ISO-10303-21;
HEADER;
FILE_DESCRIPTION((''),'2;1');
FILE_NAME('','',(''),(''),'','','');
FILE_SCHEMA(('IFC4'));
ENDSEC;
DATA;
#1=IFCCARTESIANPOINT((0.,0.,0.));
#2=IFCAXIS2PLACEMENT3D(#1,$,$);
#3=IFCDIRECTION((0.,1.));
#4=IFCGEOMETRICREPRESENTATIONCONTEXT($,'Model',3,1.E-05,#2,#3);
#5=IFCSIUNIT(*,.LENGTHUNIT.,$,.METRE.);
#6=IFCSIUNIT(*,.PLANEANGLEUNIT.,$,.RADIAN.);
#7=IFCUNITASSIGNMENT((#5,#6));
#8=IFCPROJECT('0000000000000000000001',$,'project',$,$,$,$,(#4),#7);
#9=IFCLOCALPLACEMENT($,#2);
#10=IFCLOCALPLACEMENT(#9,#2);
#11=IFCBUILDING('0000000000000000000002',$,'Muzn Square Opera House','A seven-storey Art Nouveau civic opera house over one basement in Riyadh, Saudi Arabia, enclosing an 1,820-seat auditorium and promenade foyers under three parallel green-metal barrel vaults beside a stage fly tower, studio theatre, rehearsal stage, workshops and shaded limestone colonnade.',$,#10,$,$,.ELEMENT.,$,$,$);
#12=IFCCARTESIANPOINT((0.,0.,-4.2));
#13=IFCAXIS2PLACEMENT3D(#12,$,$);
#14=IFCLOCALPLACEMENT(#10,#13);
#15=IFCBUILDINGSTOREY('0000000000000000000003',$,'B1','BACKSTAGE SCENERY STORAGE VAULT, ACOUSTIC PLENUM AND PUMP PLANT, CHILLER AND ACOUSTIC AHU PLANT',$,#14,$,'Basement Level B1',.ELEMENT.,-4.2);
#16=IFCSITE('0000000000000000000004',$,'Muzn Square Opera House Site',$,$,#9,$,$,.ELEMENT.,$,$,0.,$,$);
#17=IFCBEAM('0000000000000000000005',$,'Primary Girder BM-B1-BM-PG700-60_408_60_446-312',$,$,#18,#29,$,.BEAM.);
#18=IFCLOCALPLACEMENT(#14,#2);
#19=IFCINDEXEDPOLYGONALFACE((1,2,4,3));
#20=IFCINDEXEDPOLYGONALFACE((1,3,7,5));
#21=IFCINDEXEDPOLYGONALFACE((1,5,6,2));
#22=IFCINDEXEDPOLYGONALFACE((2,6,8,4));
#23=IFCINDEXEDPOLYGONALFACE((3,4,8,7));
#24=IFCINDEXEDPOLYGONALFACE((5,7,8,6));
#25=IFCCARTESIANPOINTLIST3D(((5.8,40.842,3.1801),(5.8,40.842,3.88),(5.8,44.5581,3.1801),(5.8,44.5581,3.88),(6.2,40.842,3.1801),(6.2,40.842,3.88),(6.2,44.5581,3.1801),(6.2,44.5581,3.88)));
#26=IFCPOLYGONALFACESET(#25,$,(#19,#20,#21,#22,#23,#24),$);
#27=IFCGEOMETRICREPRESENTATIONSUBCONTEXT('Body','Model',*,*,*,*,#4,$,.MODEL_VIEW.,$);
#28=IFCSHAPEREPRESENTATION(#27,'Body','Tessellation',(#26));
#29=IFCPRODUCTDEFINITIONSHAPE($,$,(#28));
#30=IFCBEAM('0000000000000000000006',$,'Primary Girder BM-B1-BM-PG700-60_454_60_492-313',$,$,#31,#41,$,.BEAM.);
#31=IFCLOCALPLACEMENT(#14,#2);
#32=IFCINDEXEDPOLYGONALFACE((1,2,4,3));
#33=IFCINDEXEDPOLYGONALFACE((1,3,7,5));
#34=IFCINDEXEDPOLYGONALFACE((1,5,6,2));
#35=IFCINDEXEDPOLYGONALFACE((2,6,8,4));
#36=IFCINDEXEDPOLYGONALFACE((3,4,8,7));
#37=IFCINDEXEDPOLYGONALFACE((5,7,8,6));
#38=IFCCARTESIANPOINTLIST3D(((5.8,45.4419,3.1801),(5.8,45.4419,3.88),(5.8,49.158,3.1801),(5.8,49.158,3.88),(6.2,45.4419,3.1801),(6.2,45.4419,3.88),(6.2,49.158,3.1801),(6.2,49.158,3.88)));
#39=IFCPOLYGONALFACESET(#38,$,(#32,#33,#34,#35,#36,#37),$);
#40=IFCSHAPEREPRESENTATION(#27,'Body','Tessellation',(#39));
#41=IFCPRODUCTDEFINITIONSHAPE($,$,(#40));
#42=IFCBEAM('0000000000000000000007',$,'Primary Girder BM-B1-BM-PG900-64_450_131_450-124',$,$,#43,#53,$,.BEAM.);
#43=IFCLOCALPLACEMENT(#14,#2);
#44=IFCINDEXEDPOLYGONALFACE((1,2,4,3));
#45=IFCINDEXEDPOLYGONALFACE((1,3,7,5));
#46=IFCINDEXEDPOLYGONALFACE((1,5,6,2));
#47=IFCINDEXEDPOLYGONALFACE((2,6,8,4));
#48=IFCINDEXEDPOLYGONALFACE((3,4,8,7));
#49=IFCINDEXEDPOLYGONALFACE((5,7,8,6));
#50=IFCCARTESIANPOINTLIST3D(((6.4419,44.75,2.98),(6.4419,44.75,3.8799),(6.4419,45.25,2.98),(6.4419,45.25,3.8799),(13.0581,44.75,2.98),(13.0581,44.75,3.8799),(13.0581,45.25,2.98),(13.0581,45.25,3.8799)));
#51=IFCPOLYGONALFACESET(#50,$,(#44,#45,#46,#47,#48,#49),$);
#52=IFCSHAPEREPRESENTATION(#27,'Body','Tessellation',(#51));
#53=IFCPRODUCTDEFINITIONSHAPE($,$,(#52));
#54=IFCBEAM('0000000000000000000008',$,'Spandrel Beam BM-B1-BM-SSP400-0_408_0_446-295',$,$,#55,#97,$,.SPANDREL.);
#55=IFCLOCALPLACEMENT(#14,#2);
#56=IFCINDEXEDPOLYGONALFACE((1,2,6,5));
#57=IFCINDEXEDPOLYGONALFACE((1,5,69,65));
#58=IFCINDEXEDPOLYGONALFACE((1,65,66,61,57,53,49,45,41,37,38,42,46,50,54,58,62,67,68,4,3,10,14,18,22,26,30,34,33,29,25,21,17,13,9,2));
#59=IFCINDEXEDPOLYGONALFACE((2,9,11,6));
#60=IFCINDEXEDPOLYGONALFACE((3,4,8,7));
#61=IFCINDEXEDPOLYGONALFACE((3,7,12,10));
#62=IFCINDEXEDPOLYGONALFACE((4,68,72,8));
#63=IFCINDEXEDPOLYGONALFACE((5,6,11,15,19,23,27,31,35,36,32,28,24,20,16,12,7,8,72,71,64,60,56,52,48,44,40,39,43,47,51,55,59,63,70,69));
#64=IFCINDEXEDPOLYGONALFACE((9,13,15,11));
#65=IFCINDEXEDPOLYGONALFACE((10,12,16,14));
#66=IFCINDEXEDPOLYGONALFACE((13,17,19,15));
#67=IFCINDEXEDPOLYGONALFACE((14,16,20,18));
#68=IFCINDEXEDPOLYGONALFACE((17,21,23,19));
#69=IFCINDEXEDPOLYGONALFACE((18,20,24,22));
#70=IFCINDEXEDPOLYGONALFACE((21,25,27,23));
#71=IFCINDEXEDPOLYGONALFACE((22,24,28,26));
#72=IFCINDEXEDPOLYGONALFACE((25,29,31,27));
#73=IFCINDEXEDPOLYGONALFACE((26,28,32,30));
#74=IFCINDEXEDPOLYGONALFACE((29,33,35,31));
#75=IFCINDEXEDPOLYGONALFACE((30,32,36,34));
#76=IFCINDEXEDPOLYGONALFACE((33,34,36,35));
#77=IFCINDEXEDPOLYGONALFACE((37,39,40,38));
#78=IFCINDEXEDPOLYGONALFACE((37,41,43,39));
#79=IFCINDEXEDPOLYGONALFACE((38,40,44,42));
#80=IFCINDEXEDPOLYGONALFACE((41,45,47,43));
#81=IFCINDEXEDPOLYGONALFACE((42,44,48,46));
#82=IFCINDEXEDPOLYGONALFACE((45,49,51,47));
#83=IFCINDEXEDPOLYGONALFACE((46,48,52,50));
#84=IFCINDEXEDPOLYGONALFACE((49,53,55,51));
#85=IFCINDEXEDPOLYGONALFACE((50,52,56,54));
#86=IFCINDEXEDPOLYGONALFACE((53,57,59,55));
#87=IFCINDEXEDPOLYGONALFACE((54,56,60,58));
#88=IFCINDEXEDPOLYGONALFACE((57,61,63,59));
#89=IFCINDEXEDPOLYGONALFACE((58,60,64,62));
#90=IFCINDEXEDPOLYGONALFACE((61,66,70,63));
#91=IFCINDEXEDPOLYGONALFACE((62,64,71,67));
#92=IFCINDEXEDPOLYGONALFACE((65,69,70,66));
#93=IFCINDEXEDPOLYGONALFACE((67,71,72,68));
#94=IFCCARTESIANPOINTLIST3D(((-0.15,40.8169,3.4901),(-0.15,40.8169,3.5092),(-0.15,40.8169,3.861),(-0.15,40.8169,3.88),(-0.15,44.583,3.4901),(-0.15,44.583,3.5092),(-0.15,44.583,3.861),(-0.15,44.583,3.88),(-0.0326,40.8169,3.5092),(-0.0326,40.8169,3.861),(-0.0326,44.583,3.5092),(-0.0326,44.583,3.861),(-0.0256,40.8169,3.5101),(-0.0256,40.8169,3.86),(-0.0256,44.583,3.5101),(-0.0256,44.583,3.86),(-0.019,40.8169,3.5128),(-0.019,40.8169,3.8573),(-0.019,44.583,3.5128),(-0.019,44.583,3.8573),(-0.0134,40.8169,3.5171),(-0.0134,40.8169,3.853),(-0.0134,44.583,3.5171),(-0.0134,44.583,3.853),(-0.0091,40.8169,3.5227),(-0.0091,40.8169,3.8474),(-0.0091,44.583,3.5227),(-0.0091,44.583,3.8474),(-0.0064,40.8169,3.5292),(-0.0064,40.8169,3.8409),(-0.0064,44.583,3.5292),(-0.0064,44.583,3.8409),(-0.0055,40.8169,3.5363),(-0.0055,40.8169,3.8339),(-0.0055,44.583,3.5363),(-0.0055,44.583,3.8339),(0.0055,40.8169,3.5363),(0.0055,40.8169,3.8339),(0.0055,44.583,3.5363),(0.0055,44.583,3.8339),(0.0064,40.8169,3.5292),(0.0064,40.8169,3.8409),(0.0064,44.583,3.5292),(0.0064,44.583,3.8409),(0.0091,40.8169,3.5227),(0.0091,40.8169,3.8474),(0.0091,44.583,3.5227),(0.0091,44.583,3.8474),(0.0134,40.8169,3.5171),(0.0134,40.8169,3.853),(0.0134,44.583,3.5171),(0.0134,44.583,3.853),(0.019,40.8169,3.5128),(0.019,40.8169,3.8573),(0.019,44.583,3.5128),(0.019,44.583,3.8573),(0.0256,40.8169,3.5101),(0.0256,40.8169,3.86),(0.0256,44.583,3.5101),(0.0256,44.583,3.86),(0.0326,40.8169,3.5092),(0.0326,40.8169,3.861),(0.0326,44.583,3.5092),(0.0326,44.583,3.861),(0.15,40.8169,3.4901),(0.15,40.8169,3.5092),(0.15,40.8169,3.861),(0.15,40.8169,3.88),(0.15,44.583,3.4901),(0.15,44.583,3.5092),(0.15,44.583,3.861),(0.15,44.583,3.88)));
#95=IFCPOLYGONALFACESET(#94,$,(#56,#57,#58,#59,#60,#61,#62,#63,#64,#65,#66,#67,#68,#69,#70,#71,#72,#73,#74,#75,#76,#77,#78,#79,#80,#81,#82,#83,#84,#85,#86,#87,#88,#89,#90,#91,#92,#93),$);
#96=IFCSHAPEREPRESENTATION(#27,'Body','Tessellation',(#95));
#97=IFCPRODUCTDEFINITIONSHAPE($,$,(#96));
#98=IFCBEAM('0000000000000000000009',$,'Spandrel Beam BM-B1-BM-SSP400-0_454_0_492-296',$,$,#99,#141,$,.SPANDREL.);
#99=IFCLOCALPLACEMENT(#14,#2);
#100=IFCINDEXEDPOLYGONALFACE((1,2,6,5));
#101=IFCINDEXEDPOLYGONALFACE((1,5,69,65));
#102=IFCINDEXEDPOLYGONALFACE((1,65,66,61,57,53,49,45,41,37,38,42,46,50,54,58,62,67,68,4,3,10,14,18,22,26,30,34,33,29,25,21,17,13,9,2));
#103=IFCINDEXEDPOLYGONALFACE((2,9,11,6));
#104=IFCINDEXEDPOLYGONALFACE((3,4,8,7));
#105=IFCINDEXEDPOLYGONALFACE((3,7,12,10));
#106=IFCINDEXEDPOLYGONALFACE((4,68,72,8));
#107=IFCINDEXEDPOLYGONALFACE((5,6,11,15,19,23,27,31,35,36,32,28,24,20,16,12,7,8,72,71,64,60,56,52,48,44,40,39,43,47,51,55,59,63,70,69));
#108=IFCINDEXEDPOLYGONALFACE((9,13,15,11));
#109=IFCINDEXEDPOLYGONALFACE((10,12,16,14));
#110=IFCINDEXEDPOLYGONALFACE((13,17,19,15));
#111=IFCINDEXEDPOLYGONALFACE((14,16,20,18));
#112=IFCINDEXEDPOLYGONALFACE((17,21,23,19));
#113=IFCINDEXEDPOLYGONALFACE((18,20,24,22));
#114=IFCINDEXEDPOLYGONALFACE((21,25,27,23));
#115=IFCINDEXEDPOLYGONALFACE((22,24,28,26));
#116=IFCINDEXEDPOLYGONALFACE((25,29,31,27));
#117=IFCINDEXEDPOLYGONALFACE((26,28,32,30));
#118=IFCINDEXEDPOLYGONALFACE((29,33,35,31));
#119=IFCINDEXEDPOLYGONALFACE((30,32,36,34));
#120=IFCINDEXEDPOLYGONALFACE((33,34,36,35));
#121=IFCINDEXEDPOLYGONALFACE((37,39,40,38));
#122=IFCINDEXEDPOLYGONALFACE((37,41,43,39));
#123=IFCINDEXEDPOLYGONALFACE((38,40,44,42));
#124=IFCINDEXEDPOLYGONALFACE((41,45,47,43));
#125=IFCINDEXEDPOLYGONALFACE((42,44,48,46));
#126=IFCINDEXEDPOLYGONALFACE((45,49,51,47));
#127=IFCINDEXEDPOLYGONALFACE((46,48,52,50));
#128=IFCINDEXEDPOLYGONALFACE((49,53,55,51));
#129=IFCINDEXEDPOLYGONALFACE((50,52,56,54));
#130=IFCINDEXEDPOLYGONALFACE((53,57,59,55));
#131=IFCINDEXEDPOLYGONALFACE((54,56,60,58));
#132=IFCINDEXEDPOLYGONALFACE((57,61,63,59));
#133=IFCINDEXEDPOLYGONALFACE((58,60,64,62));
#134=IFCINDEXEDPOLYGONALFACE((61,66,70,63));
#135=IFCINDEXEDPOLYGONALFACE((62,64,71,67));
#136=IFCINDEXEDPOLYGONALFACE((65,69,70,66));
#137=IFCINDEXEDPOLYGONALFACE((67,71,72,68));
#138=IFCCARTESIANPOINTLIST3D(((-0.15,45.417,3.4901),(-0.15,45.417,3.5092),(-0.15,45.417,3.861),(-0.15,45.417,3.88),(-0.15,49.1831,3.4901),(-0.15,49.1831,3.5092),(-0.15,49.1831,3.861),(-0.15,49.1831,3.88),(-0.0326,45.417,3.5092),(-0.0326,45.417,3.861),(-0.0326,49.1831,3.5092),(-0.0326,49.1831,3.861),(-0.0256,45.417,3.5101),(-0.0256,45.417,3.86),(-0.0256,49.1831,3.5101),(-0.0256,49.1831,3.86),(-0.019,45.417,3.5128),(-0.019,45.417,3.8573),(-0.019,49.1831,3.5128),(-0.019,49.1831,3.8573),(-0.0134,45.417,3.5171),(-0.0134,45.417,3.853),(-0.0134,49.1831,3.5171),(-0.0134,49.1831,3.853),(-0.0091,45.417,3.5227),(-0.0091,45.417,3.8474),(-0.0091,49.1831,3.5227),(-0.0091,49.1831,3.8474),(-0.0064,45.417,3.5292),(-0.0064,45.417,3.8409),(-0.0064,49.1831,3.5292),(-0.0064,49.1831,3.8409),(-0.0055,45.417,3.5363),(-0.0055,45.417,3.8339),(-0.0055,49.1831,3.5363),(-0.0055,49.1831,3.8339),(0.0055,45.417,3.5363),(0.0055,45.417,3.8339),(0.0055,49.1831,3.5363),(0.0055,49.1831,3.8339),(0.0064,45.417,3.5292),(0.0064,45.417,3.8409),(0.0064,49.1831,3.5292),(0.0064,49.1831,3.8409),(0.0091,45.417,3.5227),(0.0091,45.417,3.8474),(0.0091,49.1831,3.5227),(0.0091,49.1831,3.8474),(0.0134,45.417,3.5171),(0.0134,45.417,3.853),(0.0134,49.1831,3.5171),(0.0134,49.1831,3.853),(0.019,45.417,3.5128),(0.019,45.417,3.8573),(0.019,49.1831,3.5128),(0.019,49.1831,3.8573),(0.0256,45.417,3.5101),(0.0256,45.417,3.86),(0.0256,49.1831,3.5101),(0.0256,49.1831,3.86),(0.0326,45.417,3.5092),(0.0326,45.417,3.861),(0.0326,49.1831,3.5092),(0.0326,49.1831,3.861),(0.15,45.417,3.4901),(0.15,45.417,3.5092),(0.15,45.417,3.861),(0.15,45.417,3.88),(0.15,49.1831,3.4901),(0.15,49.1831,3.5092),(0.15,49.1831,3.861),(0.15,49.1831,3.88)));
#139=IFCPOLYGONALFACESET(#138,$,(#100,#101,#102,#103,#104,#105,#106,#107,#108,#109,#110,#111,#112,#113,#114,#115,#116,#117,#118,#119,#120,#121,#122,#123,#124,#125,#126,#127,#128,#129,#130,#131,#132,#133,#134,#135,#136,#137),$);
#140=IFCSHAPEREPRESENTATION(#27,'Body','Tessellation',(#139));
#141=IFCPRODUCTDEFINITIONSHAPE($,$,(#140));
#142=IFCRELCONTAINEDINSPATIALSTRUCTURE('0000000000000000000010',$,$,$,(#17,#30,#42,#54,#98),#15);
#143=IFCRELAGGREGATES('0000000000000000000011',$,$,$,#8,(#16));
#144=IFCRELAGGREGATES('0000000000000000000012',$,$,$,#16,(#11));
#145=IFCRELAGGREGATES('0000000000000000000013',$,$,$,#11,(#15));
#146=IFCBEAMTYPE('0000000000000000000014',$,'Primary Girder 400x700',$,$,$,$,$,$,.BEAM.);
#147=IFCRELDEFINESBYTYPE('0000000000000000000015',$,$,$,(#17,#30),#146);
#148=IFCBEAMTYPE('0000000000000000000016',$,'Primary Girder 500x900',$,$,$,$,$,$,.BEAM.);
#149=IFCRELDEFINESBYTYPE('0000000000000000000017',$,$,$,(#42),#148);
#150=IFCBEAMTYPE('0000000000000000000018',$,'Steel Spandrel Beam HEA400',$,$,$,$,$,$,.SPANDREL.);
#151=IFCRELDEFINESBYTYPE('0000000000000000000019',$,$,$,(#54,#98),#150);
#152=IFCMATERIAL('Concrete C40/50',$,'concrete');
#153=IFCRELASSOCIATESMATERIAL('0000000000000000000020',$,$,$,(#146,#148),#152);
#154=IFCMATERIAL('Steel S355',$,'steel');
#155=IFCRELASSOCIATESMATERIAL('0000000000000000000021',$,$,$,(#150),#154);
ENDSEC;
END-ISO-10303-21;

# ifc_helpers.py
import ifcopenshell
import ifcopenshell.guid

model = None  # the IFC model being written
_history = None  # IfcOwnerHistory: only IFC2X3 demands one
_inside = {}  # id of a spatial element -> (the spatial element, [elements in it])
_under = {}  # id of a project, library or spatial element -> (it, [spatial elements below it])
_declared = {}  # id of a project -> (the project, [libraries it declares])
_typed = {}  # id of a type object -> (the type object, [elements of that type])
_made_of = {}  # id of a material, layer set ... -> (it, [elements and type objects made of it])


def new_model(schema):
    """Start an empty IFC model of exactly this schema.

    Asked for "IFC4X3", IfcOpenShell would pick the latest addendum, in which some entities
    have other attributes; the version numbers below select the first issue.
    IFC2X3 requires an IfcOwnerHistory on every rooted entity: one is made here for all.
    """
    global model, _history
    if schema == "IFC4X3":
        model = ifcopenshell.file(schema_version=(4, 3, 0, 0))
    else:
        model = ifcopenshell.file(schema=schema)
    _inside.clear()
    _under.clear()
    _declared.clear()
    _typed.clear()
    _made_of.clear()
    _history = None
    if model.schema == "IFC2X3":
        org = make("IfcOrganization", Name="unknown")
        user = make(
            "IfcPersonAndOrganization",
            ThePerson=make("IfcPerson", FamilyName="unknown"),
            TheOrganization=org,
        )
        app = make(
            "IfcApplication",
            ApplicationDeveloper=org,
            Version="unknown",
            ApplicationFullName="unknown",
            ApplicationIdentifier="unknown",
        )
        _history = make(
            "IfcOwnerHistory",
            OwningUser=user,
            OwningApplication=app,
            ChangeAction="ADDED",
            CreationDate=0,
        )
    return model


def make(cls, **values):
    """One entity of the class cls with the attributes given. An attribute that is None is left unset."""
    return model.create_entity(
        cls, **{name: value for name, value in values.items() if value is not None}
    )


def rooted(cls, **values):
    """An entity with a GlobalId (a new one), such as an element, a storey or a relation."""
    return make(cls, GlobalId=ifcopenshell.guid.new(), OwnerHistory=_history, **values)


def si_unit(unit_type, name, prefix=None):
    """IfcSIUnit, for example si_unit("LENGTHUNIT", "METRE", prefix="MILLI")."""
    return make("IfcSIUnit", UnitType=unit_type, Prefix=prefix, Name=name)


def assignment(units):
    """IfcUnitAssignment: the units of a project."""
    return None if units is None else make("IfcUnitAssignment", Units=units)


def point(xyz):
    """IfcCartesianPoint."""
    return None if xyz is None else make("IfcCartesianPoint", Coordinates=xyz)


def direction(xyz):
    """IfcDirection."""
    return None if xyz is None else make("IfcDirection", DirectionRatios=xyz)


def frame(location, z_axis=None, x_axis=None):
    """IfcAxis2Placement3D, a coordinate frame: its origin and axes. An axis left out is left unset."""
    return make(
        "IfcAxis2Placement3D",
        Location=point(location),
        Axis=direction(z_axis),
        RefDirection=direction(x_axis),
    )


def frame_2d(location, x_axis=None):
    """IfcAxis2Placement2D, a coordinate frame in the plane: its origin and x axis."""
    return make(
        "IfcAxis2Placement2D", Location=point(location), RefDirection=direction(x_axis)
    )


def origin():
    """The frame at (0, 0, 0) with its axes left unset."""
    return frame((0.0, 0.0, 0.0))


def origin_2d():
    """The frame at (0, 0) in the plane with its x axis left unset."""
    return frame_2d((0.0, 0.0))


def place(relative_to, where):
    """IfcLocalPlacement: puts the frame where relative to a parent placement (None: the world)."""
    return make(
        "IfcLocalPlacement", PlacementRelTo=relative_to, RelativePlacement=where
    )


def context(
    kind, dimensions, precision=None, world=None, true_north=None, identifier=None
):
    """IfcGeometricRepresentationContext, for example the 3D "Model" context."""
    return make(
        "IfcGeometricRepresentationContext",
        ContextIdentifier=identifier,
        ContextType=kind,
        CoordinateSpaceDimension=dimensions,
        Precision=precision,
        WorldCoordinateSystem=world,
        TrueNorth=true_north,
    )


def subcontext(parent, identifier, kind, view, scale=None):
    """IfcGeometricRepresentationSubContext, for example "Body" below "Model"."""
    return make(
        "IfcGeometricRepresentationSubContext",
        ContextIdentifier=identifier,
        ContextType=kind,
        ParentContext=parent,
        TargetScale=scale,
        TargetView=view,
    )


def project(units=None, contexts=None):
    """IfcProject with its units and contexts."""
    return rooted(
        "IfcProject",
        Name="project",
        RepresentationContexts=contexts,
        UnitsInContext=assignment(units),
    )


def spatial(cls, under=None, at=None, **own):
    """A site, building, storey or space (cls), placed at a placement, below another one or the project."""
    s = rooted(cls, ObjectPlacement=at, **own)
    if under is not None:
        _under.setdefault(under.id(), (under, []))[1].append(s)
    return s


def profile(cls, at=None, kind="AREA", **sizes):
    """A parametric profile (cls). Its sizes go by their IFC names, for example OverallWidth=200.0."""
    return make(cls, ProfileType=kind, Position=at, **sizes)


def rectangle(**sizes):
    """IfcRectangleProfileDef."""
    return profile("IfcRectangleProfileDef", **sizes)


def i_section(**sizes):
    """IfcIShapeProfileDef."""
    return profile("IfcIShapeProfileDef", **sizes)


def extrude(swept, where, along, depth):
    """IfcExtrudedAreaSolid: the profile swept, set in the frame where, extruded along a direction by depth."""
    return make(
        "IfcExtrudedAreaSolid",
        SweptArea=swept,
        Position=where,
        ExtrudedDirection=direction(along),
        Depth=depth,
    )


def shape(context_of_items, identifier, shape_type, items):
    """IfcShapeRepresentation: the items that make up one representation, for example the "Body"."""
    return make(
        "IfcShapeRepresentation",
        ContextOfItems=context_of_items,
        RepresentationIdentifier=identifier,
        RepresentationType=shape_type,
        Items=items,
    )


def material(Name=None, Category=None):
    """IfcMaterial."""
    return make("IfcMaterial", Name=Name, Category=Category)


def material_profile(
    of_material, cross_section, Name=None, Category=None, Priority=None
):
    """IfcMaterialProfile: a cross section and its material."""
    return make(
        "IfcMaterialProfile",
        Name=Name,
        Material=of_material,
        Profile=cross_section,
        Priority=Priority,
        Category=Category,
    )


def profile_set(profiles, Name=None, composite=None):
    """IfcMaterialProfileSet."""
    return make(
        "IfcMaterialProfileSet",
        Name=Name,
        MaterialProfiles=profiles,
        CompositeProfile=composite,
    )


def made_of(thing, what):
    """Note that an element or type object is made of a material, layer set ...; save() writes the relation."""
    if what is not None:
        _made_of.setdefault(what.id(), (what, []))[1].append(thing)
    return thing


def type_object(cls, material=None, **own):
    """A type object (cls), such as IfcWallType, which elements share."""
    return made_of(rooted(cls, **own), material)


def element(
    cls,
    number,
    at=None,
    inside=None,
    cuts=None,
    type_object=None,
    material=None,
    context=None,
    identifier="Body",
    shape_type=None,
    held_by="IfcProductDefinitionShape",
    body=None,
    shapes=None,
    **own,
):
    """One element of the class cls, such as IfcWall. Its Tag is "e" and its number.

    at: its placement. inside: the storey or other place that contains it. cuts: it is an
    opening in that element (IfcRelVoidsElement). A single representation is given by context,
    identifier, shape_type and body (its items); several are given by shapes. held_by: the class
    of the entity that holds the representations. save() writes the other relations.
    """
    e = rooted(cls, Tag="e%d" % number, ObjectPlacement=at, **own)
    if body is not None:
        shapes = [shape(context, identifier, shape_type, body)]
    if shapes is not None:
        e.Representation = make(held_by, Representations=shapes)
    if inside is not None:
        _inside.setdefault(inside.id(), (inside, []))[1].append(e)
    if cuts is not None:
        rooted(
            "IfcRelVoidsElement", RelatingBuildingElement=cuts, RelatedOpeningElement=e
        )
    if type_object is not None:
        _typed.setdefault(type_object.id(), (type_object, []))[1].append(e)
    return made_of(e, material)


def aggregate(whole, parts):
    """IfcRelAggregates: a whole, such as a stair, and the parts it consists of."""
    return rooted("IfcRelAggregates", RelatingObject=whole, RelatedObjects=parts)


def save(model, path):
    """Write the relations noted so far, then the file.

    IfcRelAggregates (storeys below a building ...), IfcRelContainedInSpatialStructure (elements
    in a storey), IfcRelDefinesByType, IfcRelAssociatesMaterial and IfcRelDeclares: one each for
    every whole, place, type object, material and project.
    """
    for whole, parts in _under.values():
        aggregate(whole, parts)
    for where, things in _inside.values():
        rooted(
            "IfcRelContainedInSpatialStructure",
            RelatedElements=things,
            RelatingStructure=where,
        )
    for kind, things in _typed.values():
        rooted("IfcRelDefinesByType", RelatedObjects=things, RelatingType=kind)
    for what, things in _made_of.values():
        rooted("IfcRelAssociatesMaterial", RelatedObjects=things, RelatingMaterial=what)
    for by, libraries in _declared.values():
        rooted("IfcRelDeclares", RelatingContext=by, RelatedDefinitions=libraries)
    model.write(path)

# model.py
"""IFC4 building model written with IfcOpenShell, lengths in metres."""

from ifc_helpers import new_model, si_unit, direction, frame, origin, origin_2d, place, context, subcontext, project, spatial, rectangle, i_section, extrude, material, material_profile, profile_set, type_object, element, save


model = new_model("IFC4")

# Units and contexts
model_context = context("Model", 3, precision=1e-05, world=origin(), true_north=direction((0.0, 1.0)))
body_context = subcontext(model_context, "Body", "Model", "MODEL_VIEW")
ifc_project = project(units=[si_unit("LENGTHUNIT", "METRE"), si_unit("PLANEANGLEUNIT", "RADIAN")], contexts=[model_context])

# Site, building, storey
site_placement = place(None, origin())
site = spatial("IfcSite", under=ifc_project, at=site_placement, Name="Muzn Square Opera House Site", CompositionType="ELEMENT", RefElevation=0.0)
building_placement = place(site_placement, origin())
building = spatial("IfcBuilding", under=site, at=building_placement, Name="Muzn Square Opera House", Description="A seven-storey Art Nouveau civic opera house over one basement in Riyadh, Saudi Arabia, enclosing an 1,820-seat auditorium and promenade foyers under three parallel green-metal barrel vaults beside a stage fly tower, studio theatre, rehearsal stage, workshops and shaded limestone colonnade.", CompositionType="ELEMENT")
storey_placement = place(building_placement, frame((0.0, 0.0, -4.2)))
storey = spatial("IfcBuildingStorey", under=building, at=storey_placement, Name="B1", Description="BACKSTAGE SCENERY STORAGE VAULT, ACOUSTIC PLENUM AND PUMP PLANT, CHILLER AND ACOUSTIC AHU PLANT", LongName="Basement Level B1", CompositionType="ELEMENT", Elevation=-4.2)

# Shared definitions
ifc_material_1 = material(Name="Concrete C40/50", Category="concrete")

# Beams
ifc_material_profile_1 = material_profile(ifc_material_1, rectangle(XDim=0.3999, YDim=0.7, at=origin_2d()), Name="RCB 400x700", Category="concrete")
ifc_profile_set_1 = profile_set([ifc_material_profile_1], Name="Concrete C40/50")
beam_type_1 = type_object("IfcBeamType", Name="Primary Girder 400x700", PredefinedType="BEAM", material=ifc_profile_set_1)
for number, where, z_axis, x_axis, name in (
    (1, (6.0, 40.842, 3.53), (0.0, 1.0, 0.0), (-1.0, 0.0, 0.0), "Primary Girder BM-B1-BM-PG700-60_408_60_446-312"),
    (2, (6.0, 45.4419, 3.53), (0.0, 1.0, 0.0), (-1.0, 0.0, 0.0), "Primary Girder BM-B1-BM-PG700-60_454_60_492-313"),
):
    element("IfcBeam", number, at=place(storey_placement, frame(where, z_axis=z_axis, x_axis=x_axis)), inside=storey, type_object=beam_type_1, Name=name, PredefinedType="BEAM", context=body_context, shape_type="SweptSolid", body=[
        extrude(rectangle(XDim=0.3999, YDim=0.7, at=origin_2d()), origin(), (0.0, 0.0, 1.0), 3.7161),
    ])
ifc_material_profile_2 = material_profile(ifc_material_1, rectangle(XDim=0.5, YDim=0.8999, at=origin_2d()), Name="RCB 500x900", Category="concrete")
ifc_profile_set_2 = profile_set([ifc_material_profile_2], Name="Concrete C40/50")
beam_type_2 = type_object("IfcBeamType", Name="Primary Girder 500x900", PredefinedType="BEAM", material=ifc_profile_set_2)
beam_1_placement = place(storey_placement, frame((6.4419, 45.0, 3.4299), z_axis=(1.0, 0.0, 0.0), x_axis=(0.0, 1.0, 0.0)))
element("IfcBeam", 3, at=beam_1_placement, inside=storey, type_object=beam_type_2, Name="Primary Girder BM-B1-BM-PG900-64_450_131_450-124", PredefinedType="BEAM", context=body_context, shape_type="SweptSolid", body=[
    extrude(rectangle(XDim=0.5, YDim=0.8999, at=origin_2d()), origin(), (0.0, 0.0, 1.0), 6.6162),
])
ifc_material_2 = material(Name="Steel S355", Category="steel")
ifc_material_profile_3 = material_profile(ifc_material_2, i_section(OverallWidth=0.3, OverallDepth=0.3899, WebThickness=0.011, FlangeThickness=0.019, FilletRadius=0.0271, at=origin_2d()), Name="HEA 400", Category="steel")
ifc_profile_set_3 = profile_set([ifc_material_profile_3], Name="Steel S355")
beam_type_3 = type_object("IfcBeamType", Name="Steel Spandrel Beam HEA400", PredefinedType="SPANDREL", material=ifc_profile_set_3)
for number, where, z_axis, x_axis, name in (
    (4, (0.0, 40.8169, 3.6851), (0.0, 1.0, 0.0), (-1.0, 0.0, 0.0), "Spandrel Beam BM-B1-BM-SSP400-0_408_0_446-295"),
    (5, (0.0, 45.417, 3.6851), (0.0, 1.0, 0.0), (-1.0, 0.0, 0.0), "Spandrel Beam BM-B1-BM-SSP400-0_454_0_492-296"),
):
    element("IfcBeam", number, at=place(storey_placement, frame(where, z_axis=z_axis, x_axis=x_axis)), inside=storey, type_object=beam_type_3, Name=name, PredefinedType="SPANDREL", context=body_context, shape_type="SweptSolid", body=[
        extrude(i_section(OverallWidth=0.3, OverallDepth=0.3899, WebThickness=0.011, FlangeThickness=0.019, FilletRadius=0.0271, at=origin_2d()), origin(), (0.0, 0.0, 1.0), 3.7661),
    ])

save(model, "model.ifc")
